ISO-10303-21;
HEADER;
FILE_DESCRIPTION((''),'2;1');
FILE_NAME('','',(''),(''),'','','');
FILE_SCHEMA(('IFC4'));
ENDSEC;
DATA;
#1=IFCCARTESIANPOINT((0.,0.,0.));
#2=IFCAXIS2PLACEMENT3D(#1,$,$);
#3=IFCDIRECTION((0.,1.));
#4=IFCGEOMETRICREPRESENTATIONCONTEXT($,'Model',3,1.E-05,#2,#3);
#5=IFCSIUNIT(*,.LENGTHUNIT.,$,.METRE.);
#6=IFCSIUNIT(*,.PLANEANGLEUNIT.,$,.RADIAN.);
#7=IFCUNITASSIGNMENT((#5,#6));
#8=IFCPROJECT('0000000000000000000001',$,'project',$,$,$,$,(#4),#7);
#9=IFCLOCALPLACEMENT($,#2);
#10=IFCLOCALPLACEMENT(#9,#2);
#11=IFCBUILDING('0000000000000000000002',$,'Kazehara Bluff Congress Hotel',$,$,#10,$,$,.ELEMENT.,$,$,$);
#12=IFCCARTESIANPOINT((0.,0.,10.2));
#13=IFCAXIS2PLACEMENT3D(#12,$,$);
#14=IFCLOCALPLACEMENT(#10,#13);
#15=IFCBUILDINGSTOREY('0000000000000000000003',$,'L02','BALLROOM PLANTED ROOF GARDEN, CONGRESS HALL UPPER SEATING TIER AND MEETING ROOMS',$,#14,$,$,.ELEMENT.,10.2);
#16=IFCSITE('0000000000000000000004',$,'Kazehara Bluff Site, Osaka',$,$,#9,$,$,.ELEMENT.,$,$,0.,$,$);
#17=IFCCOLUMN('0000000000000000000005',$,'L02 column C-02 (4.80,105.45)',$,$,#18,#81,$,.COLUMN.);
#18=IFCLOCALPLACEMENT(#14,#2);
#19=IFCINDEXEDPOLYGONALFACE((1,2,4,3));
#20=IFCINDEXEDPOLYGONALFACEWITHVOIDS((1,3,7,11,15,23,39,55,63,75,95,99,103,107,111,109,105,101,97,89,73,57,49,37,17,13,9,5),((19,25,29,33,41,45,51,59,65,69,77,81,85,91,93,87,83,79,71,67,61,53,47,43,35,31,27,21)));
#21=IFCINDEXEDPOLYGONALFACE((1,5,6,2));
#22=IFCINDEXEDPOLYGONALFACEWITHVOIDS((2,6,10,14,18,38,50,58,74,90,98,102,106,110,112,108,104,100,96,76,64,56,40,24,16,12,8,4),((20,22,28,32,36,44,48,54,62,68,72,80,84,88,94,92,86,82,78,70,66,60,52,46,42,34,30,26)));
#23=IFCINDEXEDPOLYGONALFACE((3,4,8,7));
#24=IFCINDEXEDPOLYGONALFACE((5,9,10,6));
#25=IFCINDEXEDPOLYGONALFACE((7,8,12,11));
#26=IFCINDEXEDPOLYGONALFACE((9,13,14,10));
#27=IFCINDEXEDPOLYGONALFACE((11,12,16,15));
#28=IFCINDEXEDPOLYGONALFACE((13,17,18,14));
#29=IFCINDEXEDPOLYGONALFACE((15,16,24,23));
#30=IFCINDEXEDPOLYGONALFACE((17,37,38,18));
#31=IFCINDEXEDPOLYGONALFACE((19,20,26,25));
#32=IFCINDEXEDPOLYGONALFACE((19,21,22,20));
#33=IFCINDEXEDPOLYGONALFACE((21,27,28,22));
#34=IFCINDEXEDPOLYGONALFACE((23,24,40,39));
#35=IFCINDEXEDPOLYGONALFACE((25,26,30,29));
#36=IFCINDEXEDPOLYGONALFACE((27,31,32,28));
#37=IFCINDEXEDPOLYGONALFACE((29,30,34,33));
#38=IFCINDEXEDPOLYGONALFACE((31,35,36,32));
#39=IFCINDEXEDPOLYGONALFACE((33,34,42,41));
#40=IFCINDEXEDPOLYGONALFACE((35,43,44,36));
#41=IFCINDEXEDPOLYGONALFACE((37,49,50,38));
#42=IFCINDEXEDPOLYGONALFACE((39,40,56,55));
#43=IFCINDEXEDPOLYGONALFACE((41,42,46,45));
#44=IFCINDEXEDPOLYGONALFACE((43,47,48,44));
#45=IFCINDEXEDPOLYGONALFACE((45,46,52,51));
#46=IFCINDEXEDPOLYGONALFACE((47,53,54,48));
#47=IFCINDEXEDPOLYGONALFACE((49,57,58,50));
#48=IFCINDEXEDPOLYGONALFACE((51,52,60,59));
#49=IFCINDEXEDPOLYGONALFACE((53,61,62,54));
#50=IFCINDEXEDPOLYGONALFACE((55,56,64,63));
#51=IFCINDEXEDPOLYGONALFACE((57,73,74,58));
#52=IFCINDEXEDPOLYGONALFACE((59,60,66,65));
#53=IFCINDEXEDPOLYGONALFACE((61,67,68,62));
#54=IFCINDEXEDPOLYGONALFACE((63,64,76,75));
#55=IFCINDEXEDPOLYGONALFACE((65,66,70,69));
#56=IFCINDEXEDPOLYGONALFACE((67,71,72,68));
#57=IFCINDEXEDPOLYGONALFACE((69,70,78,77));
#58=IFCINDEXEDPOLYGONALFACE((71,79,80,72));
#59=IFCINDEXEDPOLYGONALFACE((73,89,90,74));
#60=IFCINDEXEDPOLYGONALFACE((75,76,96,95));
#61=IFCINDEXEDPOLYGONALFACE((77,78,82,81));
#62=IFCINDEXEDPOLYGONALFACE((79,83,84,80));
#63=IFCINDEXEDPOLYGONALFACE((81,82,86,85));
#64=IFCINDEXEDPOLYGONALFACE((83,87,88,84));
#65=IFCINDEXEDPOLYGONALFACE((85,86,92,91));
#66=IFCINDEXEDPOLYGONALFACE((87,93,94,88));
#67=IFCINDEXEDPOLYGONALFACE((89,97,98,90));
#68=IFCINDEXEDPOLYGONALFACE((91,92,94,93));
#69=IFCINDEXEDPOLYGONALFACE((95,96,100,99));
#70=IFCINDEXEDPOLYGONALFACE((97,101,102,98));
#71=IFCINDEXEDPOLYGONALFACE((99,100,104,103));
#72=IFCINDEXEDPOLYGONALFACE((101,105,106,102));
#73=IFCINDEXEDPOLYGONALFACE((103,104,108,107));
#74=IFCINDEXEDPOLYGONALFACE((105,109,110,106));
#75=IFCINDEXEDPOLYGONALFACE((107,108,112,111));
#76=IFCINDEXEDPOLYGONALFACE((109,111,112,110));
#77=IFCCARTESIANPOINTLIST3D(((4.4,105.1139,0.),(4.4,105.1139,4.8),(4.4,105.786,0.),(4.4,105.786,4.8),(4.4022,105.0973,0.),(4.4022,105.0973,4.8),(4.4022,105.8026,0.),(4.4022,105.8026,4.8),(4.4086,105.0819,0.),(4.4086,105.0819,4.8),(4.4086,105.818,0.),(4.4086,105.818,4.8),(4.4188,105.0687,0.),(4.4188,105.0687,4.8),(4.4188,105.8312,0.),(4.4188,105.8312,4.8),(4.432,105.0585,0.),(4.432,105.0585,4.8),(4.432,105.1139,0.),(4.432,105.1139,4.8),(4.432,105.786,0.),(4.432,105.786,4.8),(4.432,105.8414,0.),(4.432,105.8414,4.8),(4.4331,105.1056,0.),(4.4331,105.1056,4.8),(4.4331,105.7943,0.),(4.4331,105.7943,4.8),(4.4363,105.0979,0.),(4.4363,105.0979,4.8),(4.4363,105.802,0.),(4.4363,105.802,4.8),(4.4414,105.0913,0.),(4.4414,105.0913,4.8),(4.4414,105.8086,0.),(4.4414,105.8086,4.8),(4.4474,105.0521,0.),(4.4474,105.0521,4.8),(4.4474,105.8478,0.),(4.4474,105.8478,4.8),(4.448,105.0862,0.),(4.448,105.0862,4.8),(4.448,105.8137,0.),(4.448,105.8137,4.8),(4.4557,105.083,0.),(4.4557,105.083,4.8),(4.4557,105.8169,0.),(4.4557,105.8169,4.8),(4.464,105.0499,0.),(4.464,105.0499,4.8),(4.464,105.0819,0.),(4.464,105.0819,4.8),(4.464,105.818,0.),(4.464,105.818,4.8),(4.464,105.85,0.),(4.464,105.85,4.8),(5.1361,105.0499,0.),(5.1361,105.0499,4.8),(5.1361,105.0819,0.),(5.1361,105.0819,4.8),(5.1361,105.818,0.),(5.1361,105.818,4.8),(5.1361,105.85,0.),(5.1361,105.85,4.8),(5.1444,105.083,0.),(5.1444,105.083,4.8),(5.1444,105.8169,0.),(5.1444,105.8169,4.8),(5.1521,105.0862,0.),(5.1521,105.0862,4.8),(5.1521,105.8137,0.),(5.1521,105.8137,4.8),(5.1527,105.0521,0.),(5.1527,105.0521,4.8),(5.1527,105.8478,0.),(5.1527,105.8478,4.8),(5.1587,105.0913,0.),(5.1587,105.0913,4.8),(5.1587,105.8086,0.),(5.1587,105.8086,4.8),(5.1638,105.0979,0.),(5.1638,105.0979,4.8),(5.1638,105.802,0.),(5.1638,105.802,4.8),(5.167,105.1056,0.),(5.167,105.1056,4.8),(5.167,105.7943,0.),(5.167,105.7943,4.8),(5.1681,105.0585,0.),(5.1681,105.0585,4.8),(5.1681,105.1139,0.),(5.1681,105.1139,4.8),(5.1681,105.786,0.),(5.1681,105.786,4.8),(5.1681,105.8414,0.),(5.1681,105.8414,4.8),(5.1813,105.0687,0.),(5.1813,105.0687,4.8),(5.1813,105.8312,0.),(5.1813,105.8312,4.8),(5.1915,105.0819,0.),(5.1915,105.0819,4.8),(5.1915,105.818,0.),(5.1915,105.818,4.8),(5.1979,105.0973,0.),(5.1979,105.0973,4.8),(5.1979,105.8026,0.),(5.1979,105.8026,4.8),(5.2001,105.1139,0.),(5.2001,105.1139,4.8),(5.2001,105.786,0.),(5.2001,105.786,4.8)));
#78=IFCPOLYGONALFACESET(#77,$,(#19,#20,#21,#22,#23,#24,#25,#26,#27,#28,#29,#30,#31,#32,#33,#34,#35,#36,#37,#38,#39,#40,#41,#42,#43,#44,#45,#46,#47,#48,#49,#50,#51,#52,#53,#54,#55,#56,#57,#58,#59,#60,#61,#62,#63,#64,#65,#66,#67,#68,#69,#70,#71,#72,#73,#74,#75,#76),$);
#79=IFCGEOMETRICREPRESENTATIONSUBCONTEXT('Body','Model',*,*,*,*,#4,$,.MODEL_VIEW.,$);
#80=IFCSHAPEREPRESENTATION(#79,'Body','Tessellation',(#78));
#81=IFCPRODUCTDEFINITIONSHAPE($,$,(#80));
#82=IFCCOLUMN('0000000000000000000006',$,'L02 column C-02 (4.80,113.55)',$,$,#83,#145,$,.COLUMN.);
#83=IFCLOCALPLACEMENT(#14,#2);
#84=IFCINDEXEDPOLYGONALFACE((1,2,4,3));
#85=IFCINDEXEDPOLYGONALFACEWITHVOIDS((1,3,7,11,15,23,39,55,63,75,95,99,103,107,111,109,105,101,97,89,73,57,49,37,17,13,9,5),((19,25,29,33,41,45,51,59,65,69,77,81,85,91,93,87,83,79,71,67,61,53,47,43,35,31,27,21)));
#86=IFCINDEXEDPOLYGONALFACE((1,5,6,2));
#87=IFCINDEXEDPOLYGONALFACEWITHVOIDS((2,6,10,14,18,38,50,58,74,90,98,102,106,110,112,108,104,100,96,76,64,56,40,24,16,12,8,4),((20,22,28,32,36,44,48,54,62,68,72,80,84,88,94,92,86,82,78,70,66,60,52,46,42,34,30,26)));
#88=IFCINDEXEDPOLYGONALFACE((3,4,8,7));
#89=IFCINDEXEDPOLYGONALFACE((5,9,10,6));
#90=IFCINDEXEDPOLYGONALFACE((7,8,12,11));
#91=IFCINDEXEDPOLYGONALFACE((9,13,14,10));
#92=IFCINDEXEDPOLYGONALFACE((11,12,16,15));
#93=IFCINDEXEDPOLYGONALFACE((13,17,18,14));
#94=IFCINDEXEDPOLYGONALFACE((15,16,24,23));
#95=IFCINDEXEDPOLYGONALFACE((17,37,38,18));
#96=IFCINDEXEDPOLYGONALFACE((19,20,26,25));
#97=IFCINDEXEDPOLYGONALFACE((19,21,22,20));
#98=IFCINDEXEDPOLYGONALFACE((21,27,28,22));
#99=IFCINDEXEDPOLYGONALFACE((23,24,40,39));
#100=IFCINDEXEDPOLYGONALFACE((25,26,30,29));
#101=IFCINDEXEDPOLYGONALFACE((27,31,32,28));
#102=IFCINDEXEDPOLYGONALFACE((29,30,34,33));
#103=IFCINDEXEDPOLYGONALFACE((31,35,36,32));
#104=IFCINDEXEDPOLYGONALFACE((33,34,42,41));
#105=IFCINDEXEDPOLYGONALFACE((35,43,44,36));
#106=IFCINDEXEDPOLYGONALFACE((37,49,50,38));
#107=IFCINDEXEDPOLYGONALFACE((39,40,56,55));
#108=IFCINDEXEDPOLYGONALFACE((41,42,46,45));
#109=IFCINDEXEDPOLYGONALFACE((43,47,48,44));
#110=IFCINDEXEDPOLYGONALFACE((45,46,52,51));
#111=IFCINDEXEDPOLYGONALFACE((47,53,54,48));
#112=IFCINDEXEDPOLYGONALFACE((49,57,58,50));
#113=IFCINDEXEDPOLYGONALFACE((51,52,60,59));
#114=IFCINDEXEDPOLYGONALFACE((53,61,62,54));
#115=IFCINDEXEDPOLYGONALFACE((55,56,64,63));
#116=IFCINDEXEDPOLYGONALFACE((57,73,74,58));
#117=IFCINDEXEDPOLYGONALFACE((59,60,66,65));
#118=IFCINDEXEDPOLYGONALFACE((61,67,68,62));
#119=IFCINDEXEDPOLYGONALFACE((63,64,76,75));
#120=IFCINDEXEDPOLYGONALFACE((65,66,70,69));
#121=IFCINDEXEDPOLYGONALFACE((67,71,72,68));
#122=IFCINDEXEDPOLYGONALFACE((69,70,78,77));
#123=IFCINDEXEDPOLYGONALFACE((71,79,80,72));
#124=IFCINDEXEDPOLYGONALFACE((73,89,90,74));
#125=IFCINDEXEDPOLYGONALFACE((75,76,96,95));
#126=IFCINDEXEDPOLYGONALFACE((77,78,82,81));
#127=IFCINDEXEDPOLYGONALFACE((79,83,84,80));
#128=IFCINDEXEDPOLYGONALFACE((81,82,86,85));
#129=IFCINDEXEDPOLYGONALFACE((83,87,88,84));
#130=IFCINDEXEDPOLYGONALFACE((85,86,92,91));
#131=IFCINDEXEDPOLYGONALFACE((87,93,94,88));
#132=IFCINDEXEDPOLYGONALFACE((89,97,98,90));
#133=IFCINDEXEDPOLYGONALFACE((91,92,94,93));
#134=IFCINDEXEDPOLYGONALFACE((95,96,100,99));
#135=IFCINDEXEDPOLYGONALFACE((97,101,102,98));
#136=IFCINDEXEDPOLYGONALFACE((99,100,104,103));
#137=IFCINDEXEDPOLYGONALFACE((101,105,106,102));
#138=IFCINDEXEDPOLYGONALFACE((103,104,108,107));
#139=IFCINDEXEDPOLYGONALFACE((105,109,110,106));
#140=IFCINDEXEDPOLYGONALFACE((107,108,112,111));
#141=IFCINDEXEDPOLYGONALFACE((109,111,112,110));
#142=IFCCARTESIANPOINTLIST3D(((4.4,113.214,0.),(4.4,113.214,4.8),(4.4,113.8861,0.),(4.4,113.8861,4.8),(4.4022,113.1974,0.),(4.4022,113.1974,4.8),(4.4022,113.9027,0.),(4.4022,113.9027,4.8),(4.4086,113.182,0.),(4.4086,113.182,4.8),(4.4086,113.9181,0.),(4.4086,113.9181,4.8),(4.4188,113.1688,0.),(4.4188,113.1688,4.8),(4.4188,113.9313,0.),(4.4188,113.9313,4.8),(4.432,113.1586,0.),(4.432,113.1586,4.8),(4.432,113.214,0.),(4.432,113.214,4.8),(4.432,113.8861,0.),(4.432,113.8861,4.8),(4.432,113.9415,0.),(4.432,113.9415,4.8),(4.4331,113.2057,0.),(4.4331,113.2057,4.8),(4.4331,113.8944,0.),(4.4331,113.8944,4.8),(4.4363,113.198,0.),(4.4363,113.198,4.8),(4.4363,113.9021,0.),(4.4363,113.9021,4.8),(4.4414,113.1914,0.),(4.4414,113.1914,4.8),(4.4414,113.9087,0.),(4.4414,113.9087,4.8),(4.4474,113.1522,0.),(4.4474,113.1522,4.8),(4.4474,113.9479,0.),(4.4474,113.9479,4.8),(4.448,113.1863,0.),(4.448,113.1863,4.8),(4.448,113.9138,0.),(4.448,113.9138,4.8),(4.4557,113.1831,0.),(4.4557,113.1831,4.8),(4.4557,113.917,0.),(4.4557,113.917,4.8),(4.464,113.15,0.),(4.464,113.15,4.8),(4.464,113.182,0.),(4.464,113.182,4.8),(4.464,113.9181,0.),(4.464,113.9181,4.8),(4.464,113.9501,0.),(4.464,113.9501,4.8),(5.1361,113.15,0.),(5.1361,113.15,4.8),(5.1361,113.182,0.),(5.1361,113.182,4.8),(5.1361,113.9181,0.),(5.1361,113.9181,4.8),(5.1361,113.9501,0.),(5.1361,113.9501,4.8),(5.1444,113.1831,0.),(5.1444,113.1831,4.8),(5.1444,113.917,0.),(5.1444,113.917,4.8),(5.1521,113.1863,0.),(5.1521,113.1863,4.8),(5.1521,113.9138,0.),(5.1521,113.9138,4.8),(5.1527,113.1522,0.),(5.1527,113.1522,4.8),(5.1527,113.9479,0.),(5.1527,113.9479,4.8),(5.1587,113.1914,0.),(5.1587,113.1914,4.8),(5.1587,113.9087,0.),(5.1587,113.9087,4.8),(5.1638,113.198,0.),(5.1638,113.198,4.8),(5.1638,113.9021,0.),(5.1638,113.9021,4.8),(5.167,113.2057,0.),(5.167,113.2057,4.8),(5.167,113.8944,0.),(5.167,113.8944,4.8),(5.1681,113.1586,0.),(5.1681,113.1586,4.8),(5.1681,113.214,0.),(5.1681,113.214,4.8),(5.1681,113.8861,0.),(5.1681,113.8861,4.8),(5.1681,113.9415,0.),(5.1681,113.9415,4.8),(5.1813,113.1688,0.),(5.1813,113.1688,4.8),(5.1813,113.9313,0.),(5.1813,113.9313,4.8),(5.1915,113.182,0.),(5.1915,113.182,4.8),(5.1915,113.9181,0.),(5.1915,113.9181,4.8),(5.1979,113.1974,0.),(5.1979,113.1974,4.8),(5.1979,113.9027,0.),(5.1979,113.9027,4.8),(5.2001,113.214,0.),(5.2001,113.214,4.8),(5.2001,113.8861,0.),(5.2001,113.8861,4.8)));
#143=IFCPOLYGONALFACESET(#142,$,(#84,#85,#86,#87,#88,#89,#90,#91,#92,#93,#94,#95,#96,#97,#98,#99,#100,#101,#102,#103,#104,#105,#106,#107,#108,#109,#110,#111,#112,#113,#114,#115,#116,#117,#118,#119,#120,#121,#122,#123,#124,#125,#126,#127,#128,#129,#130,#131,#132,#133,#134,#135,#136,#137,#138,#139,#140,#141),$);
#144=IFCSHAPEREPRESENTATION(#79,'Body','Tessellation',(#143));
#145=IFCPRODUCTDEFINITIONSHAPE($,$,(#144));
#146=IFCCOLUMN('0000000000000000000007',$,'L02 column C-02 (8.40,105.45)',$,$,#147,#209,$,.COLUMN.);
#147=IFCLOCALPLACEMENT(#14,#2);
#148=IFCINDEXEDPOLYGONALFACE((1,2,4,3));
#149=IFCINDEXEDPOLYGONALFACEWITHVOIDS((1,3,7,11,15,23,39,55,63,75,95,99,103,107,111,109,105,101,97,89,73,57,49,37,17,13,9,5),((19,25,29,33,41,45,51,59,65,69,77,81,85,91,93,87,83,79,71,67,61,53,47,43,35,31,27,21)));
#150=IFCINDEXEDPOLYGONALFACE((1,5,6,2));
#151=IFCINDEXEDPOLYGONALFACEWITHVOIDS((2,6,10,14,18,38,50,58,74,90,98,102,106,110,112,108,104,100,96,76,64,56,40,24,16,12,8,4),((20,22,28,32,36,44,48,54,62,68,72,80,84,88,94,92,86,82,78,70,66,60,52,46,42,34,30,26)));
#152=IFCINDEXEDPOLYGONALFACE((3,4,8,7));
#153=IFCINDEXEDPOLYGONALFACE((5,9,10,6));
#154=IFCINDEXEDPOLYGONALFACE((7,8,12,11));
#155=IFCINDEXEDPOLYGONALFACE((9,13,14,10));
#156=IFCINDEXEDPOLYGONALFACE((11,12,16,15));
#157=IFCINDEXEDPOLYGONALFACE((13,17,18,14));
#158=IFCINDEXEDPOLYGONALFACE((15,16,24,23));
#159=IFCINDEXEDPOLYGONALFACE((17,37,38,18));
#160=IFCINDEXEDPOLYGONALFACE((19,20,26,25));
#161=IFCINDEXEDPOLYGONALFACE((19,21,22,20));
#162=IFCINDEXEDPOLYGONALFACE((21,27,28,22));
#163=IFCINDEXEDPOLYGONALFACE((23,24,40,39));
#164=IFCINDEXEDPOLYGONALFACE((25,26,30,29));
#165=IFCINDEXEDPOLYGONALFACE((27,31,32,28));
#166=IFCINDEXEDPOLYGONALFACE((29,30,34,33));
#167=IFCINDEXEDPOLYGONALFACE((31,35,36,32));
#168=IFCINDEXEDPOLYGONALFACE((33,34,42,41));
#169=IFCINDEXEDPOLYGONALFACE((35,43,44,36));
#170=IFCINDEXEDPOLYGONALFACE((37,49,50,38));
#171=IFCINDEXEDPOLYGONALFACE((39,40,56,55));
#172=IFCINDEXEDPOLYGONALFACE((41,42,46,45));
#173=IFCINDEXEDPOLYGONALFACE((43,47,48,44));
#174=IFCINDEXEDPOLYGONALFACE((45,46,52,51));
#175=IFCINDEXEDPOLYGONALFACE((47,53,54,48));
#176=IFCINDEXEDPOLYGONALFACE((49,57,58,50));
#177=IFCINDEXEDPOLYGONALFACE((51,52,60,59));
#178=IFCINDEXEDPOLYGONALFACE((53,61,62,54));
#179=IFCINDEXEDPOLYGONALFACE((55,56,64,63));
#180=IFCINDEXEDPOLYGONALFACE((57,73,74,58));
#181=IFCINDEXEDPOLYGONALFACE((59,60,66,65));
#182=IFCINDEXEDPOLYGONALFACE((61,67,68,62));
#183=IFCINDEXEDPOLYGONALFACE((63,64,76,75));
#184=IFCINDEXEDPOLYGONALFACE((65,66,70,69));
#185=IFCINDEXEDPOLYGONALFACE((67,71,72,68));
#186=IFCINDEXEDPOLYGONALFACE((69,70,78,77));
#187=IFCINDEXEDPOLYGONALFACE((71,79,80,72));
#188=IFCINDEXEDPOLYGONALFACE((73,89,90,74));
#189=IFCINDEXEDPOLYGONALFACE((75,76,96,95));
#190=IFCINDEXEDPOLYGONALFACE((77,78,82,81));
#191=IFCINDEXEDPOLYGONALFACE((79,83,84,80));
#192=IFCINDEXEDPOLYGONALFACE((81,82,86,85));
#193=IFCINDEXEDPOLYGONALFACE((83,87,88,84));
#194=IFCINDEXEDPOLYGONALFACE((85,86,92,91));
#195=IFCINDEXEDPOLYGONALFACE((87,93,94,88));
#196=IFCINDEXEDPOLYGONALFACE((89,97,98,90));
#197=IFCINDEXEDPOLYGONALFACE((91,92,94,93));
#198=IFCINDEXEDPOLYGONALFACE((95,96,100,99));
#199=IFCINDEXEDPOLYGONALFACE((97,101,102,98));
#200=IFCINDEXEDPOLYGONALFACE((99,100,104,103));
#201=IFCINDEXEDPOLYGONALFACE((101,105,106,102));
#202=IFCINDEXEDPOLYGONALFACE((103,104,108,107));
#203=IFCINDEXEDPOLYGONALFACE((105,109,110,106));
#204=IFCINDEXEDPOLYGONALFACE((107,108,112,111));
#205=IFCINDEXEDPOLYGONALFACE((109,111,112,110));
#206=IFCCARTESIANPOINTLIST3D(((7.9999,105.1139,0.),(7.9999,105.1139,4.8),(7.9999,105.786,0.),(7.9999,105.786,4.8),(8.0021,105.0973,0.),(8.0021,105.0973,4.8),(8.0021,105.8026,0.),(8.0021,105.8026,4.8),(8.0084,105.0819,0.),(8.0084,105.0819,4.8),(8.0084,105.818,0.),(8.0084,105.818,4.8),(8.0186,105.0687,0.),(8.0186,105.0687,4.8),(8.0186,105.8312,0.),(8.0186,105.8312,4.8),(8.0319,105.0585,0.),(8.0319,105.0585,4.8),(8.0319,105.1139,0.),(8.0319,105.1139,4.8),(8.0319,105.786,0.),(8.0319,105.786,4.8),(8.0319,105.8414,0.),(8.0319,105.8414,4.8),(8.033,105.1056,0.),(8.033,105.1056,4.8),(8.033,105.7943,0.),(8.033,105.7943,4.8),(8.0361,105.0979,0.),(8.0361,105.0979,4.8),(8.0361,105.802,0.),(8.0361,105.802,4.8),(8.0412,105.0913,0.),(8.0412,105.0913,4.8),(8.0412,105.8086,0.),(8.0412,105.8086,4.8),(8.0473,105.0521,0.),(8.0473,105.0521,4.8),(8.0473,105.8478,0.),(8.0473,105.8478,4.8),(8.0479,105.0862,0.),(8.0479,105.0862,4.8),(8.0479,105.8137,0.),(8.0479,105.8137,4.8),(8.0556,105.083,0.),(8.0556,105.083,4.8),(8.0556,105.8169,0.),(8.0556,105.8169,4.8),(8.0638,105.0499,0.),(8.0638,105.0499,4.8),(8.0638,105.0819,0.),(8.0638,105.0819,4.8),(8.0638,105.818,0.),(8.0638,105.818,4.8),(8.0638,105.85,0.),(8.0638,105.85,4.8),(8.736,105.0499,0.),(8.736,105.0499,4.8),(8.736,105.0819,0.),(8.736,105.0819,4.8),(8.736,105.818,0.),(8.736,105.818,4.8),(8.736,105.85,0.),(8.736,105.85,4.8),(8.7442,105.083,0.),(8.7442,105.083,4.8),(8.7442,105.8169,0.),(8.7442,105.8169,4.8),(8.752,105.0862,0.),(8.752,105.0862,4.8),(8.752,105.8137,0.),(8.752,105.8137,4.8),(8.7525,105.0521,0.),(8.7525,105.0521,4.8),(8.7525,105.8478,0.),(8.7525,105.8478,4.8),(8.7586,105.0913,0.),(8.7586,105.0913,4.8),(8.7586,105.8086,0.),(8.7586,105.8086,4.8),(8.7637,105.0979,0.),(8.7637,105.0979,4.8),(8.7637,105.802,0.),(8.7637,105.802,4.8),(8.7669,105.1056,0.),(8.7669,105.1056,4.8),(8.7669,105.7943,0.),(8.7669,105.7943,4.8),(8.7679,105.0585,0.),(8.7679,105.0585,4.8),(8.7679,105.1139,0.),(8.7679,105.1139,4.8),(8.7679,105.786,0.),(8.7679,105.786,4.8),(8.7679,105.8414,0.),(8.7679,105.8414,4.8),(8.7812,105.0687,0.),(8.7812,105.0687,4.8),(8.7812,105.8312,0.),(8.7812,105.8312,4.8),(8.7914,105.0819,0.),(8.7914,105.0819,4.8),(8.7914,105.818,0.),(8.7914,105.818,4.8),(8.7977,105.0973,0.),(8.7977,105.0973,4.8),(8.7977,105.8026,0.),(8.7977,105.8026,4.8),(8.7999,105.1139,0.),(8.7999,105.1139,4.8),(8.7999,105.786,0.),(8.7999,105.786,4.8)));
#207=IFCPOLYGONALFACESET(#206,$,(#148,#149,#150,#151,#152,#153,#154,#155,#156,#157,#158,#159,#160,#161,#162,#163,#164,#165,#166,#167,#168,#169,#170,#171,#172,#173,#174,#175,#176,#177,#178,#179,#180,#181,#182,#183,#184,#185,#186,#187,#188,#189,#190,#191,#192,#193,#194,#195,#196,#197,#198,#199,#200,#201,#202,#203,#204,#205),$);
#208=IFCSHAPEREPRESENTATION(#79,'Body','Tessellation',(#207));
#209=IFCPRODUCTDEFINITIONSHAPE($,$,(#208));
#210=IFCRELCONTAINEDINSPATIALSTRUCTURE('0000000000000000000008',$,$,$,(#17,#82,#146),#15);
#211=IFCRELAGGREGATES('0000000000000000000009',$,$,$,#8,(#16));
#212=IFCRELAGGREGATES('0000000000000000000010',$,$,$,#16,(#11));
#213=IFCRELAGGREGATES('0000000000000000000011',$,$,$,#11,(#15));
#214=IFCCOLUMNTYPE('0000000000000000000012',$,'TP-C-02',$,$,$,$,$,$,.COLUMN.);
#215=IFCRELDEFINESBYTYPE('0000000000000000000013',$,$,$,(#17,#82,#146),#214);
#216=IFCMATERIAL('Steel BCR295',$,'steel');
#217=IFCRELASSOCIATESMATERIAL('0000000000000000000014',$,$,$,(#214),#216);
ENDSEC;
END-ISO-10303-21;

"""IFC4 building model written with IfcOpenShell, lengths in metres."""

from ifc_helpers import new_model, si_unit, direction, frame, origin, origin_2d, place, context, subcontext, project, spatial, hollow_rectangle, extrude, material, material_profile, profile_set, type_object, element, save


model = new_model("IFC4")

# Units and contexts
model_context = context("Model", 3, precision=1e-05, world=origin(), true_north=direction((0.0, 1.0)))
body_context = subcontext(model_context, "Body", "Model", "MODEL_VIEW")
ifc_project = project(units=[si_unit("LENGTHUNIT", "METRE"), si_unit("PLANEANGLEUNIT", "RADIAN")], contexts=[model_context])

# Site, building, storey
site_placement = place(None, origin())
site = spatial("IfcSite", under=ifc_project, at=site_placement, Name="Kazehara Bluff Site, Osaka", CompositionType="ELEMENT", RefElevation=0.0)
building_placement = place(site_placement, origin())
building = spatial("IfcBuilding", under=site, at=building_placement, Name="Kazehara Bluff Congress Hotel", CompositionType="ELEMENT")
storey_placement = place(building_placement, frame((0.0, 0.0, 10.2)))
storey = spatial("IfcBuildingStorey", under=building, at=storey_placement, Name="L02", Description="BALLROOM PLANTED ROOF GARDEN, CONGRESS HALL UPPER SEATING TIER AND MEETING ROOMS", CompositionType="ELEMENT", Elevation=10.2)

# Columns
ifc_material_1 = material(Name="Steel BCR295", Category="steel")
ifc_material_profile_1 = material_profile(ifc_material_1, hollow_rectangle(XDim=0.8, YDim=0.8, WallThickness=0.032, InnerFilletRadius=0.032, OuterFilletRadius=0.064, at=origin_2d()))
ifc_profile_set_1 = profile_set([ifc_material_profile_1], Name="Steel BCR295")
column_type = type_object("IfcColumnType", Name="TP-C-02", PredefinedType="COLUMN", material=ifc_profile_set_1)
for number, where, z_axis, x_axis, name in (
    (1, (4.8, 105.45, 0.0), (0.0, 0.0, 1.0), (1.0, 0.0, 0.0), "L02 column C-02 (4.80,105.45)"),
    (2, (4.8, 113.55, 0.0), (0.0, 0.0, 1.0), (1.0, 0.0, 0.0), "L02 column C-02 (4.80,113.55)"),
    (3, (8.3999, 105.45, 0.0), (0.0, 0.0, 1.0), (1.0, 0.0, 0.0), "L02 column C-02 (8.40,105.45)"),
):
    element("IfcColumn", number, at=place(storey_placement, frame(where, z_axis=z_axis, x_axis=x_axis)), inside=storey, type_object=column_type, Name=name, PredefinedType="COLUMN", context=body_context, shape_type="SweptSolid", body=[
        extrude(hollow_rectangle(XDim=0.8, YDim=0.8, WallThickness=0.032, InnerFilletRadius=0.032, OuterFilletRadius=0.064, at=origin_2d()), origin(), (0.0, 0.0, 1.0), 4.8),
    ])

save(model, "model.ifc")
